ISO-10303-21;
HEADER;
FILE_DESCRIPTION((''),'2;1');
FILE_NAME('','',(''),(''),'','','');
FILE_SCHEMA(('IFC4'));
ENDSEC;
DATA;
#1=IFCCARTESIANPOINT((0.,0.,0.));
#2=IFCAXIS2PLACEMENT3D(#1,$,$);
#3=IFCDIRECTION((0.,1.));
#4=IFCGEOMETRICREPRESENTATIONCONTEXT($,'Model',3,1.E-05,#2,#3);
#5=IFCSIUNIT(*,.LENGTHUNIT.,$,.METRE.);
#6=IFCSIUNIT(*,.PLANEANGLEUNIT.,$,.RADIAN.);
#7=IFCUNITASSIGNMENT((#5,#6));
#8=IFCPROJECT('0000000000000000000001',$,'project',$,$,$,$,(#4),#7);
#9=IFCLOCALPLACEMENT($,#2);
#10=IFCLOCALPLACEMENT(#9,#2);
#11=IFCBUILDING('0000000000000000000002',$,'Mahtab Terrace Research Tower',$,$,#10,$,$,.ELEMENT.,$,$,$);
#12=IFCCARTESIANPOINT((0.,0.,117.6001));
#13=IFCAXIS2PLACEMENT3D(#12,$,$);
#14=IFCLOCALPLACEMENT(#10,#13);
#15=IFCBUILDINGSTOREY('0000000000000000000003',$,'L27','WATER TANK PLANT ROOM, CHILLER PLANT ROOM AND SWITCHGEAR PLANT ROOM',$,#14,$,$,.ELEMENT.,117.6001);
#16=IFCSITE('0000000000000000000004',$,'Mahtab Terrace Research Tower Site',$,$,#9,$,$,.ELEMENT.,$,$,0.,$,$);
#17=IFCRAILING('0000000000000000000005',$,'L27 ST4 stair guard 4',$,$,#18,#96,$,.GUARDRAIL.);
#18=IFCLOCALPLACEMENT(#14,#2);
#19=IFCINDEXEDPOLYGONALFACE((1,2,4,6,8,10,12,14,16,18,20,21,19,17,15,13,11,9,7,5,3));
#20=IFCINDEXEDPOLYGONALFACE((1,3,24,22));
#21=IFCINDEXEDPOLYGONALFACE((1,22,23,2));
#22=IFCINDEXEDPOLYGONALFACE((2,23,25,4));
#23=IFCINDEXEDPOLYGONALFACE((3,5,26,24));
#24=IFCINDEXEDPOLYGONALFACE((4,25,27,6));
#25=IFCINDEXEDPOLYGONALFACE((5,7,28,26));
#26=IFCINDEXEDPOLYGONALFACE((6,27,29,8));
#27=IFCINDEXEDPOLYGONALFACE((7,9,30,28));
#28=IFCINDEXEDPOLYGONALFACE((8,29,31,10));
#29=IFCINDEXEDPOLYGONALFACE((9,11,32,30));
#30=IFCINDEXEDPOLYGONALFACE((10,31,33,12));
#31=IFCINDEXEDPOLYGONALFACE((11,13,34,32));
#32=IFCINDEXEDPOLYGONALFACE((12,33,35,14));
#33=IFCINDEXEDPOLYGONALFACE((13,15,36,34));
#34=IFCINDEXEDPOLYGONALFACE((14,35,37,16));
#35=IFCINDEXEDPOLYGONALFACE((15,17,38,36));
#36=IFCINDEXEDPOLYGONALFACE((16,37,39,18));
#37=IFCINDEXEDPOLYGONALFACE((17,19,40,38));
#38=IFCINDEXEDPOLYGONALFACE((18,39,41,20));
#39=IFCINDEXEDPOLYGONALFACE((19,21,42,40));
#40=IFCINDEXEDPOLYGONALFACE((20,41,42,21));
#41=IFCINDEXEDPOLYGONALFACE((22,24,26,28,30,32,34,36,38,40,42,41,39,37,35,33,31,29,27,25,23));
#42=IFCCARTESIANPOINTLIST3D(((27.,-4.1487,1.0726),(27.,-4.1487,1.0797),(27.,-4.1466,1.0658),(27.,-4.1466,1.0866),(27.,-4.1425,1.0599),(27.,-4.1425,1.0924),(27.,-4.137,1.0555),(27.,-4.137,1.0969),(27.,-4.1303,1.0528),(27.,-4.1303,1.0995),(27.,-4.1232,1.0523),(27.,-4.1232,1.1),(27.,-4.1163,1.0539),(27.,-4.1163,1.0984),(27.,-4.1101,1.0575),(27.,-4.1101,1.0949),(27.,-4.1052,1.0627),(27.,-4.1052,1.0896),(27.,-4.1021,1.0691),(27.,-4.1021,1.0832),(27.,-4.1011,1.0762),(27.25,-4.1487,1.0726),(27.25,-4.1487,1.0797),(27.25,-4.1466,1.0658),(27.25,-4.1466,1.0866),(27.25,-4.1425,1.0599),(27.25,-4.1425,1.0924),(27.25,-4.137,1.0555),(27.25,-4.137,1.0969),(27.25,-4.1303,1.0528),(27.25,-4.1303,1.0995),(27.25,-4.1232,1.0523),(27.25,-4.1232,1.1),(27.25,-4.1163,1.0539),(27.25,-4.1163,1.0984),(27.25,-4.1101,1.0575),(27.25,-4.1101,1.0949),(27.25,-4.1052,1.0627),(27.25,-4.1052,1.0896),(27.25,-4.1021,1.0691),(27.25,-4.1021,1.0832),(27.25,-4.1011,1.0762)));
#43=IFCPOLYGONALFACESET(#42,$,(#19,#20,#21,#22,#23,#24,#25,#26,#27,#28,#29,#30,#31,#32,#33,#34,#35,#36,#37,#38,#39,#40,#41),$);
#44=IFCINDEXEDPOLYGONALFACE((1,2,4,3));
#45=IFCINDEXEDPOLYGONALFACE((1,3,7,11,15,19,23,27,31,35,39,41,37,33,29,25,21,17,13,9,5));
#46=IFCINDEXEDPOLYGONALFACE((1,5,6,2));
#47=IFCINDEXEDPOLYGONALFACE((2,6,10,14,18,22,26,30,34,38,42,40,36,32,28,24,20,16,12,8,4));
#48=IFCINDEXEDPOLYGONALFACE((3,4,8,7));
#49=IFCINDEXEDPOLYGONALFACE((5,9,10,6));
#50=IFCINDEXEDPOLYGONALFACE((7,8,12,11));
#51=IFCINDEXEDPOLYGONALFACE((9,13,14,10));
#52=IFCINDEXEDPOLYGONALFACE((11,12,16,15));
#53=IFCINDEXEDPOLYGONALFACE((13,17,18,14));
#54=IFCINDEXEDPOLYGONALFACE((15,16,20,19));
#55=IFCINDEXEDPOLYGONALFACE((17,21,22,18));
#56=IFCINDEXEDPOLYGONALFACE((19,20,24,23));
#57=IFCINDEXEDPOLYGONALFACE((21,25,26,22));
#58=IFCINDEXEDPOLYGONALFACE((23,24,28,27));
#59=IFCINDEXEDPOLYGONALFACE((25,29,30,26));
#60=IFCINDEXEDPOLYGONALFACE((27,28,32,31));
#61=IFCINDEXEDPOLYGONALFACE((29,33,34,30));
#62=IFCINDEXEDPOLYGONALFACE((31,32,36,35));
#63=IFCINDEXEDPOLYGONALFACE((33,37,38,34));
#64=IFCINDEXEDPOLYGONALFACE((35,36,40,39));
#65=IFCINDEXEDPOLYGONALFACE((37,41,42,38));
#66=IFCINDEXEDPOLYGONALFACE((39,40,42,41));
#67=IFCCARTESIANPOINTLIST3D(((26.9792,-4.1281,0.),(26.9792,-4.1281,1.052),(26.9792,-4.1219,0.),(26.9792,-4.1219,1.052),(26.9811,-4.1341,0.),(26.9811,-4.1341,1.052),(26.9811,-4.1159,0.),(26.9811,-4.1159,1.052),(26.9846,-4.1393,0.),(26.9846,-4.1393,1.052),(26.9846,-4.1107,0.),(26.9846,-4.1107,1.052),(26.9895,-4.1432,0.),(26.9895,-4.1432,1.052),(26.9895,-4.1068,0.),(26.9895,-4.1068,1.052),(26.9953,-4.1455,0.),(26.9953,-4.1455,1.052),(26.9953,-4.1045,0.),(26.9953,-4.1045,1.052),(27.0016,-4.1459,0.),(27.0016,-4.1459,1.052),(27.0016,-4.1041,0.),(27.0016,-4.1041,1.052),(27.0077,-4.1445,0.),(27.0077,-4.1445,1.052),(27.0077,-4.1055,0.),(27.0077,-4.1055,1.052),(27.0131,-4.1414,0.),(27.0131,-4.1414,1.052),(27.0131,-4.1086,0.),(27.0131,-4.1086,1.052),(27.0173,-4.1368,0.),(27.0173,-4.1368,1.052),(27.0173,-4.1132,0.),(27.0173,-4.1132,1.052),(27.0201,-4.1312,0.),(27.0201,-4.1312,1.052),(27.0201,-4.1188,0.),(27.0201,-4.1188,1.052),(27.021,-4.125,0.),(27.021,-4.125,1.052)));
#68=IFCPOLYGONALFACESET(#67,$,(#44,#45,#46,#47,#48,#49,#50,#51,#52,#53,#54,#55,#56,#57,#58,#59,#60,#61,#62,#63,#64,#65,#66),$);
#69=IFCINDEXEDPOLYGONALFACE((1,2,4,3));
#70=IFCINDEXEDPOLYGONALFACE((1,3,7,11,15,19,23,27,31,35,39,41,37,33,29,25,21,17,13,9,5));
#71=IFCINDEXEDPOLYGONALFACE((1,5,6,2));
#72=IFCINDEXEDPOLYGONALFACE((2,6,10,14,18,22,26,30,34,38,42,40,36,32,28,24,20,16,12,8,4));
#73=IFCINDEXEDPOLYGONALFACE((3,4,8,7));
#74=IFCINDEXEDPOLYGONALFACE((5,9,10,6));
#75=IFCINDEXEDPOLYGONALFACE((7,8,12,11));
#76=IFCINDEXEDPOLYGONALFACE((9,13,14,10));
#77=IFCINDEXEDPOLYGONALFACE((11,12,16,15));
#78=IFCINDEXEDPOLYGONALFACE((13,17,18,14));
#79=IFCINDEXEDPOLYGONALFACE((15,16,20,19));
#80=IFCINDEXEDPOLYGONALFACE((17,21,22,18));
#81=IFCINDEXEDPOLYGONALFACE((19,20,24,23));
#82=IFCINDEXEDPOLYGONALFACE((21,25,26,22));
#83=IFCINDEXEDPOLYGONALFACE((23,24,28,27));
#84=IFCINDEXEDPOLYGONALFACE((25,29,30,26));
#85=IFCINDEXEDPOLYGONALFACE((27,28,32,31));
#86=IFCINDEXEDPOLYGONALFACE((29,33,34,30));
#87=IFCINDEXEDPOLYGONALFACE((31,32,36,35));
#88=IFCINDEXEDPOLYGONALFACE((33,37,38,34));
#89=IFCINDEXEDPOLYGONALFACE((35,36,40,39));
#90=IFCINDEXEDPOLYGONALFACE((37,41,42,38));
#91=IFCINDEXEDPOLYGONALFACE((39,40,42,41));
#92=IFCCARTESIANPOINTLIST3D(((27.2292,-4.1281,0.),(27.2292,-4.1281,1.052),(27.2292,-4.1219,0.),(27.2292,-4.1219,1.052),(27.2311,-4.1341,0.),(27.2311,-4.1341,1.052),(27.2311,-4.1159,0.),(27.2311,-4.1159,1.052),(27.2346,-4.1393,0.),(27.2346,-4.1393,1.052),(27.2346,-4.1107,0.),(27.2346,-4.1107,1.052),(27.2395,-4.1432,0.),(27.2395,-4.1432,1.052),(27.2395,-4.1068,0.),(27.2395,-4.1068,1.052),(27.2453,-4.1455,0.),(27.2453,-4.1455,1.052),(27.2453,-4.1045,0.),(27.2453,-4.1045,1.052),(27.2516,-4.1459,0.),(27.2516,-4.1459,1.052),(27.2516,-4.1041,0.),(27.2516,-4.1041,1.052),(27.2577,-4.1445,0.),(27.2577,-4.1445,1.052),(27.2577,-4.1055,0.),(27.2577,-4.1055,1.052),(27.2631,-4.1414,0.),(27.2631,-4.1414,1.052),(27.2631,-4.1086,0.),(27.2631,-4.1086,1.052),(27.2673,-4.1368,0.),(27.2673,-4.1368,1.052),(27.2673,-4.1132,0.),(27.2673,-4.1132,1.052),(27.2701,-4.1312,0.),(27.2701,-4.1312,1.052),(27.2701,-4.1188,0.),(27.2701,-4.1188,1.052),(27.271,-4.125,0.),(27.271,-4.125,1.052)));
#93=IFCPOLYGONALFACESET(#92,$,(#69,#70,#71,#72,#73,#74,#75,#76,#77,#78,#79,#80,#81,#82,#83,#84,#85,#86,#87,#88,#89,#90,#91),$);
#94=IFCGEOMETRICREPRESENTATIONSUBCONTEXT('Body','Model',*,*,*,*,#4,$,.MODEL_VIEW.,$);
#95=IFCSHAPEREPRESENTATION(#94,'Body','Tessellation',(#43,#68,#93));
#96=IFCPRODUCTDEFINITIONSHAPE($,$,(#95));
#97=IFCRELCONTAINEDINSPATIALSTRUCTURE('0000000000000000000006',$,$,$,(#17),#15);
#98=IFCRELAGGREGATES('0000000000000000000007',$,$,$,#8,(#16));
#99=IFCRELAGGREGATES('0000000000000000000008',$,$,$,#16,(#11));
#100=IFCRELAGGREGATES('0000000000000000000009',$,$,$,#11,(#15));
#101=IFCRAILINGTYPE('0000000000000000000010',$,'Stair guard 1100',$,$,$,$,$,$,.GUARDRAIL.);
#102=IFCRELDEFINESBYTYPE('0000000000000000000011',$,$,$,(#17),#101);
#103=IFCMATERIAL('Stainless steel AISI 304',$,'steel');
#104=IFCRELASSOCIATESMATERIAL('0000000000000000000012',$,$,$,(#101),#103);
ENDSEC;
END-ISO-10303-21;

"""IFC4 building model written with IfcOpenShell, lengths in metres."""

from ifc_helpers import new_model, si_unit, direction, frame, origin, origin_2d, place, context, subcontext, project, spatial, circle, extrude, material, type_object, element, save


model = new_model("IFC4")

# Units and contexts
model_context = context("Model", 3, precision=1e-05, world=origin(), true_north=direction((0.0, 1.0)))
body_context = subcontext(model_context, "Body", "Model", "MODEL_VIEW")
ifc_project = project(units=[si_unit("LENGTHUNIT", "METRE"), si_unit("PLANEANGLEUNIT", "RADIAN")], contexts=[model_context])

# Site, building, storey
site_placement = place(None, origin())
site = spatial("IfcSite", under=ifc_project, at=site_placement, Name="Mahtab Terrace Research Tower Site", CompositionType="ELEMENT", RefElevation=0.0)
building_placement = place(site_placement, origin())
building = spatial("IfcBuilding", under=site, at=building_placement, Name="Mahtab Terrace Research Tower", CompositionType="ELEMENT")
storey_placement = place(building_placement, frame((0.0, 0.0, 117.6001)))
storey = spatial("IfcBuildingStorey", under=building, at=storey_placement, Name="L27", Description="WATER TANK PLANT ROOM, CHILLER PLANT ROOM AND SWITCHGEAR PLANT ROOM", CompositionType="ELEMENT", Elevation=117.6001)

# Railing
ifc_material_1 = material(Name="Stainless steel AISI 304", Category="steel")
railing_type_1 = type_object("IfcRailingType", Name="Stair guard 1100", PredefinedType="GUARDRAIL", material=ifc_material_1)
railing_1_placement = place(storey_placement, frame((27.0, -4.125, 0.0)))
element("IfcRailing", 1, at=railing_1_placement, inside=storey, type_object=railing_type_1, Name="L27 ST4 stair guard 4", PredefinedType="GUARDRAIL", context=body_context, shape_type="SweptSolid", body=[
    extrude(circle(Radius=0.0239, at=origin_2d()), frame((0.0, 0.0, 1.0762), z_axis=(1.0, 0.0, 0.0), x_axis=(0.0, 1.0, 0.0)), (0.0, 0.0, 1.0), 0.25),
    extrude(circle(Radius=0.021, at=origin_2d()), origin(), (0.0, 0.0, 1.0), 1.052),
    extrude(circle(Radius=0.021, at=origin_2d()), frame((0.25, 0.0, 0.0)), (0.0, 0.0, 1.0), 1.052),
])

save(model, "model.ifc")
